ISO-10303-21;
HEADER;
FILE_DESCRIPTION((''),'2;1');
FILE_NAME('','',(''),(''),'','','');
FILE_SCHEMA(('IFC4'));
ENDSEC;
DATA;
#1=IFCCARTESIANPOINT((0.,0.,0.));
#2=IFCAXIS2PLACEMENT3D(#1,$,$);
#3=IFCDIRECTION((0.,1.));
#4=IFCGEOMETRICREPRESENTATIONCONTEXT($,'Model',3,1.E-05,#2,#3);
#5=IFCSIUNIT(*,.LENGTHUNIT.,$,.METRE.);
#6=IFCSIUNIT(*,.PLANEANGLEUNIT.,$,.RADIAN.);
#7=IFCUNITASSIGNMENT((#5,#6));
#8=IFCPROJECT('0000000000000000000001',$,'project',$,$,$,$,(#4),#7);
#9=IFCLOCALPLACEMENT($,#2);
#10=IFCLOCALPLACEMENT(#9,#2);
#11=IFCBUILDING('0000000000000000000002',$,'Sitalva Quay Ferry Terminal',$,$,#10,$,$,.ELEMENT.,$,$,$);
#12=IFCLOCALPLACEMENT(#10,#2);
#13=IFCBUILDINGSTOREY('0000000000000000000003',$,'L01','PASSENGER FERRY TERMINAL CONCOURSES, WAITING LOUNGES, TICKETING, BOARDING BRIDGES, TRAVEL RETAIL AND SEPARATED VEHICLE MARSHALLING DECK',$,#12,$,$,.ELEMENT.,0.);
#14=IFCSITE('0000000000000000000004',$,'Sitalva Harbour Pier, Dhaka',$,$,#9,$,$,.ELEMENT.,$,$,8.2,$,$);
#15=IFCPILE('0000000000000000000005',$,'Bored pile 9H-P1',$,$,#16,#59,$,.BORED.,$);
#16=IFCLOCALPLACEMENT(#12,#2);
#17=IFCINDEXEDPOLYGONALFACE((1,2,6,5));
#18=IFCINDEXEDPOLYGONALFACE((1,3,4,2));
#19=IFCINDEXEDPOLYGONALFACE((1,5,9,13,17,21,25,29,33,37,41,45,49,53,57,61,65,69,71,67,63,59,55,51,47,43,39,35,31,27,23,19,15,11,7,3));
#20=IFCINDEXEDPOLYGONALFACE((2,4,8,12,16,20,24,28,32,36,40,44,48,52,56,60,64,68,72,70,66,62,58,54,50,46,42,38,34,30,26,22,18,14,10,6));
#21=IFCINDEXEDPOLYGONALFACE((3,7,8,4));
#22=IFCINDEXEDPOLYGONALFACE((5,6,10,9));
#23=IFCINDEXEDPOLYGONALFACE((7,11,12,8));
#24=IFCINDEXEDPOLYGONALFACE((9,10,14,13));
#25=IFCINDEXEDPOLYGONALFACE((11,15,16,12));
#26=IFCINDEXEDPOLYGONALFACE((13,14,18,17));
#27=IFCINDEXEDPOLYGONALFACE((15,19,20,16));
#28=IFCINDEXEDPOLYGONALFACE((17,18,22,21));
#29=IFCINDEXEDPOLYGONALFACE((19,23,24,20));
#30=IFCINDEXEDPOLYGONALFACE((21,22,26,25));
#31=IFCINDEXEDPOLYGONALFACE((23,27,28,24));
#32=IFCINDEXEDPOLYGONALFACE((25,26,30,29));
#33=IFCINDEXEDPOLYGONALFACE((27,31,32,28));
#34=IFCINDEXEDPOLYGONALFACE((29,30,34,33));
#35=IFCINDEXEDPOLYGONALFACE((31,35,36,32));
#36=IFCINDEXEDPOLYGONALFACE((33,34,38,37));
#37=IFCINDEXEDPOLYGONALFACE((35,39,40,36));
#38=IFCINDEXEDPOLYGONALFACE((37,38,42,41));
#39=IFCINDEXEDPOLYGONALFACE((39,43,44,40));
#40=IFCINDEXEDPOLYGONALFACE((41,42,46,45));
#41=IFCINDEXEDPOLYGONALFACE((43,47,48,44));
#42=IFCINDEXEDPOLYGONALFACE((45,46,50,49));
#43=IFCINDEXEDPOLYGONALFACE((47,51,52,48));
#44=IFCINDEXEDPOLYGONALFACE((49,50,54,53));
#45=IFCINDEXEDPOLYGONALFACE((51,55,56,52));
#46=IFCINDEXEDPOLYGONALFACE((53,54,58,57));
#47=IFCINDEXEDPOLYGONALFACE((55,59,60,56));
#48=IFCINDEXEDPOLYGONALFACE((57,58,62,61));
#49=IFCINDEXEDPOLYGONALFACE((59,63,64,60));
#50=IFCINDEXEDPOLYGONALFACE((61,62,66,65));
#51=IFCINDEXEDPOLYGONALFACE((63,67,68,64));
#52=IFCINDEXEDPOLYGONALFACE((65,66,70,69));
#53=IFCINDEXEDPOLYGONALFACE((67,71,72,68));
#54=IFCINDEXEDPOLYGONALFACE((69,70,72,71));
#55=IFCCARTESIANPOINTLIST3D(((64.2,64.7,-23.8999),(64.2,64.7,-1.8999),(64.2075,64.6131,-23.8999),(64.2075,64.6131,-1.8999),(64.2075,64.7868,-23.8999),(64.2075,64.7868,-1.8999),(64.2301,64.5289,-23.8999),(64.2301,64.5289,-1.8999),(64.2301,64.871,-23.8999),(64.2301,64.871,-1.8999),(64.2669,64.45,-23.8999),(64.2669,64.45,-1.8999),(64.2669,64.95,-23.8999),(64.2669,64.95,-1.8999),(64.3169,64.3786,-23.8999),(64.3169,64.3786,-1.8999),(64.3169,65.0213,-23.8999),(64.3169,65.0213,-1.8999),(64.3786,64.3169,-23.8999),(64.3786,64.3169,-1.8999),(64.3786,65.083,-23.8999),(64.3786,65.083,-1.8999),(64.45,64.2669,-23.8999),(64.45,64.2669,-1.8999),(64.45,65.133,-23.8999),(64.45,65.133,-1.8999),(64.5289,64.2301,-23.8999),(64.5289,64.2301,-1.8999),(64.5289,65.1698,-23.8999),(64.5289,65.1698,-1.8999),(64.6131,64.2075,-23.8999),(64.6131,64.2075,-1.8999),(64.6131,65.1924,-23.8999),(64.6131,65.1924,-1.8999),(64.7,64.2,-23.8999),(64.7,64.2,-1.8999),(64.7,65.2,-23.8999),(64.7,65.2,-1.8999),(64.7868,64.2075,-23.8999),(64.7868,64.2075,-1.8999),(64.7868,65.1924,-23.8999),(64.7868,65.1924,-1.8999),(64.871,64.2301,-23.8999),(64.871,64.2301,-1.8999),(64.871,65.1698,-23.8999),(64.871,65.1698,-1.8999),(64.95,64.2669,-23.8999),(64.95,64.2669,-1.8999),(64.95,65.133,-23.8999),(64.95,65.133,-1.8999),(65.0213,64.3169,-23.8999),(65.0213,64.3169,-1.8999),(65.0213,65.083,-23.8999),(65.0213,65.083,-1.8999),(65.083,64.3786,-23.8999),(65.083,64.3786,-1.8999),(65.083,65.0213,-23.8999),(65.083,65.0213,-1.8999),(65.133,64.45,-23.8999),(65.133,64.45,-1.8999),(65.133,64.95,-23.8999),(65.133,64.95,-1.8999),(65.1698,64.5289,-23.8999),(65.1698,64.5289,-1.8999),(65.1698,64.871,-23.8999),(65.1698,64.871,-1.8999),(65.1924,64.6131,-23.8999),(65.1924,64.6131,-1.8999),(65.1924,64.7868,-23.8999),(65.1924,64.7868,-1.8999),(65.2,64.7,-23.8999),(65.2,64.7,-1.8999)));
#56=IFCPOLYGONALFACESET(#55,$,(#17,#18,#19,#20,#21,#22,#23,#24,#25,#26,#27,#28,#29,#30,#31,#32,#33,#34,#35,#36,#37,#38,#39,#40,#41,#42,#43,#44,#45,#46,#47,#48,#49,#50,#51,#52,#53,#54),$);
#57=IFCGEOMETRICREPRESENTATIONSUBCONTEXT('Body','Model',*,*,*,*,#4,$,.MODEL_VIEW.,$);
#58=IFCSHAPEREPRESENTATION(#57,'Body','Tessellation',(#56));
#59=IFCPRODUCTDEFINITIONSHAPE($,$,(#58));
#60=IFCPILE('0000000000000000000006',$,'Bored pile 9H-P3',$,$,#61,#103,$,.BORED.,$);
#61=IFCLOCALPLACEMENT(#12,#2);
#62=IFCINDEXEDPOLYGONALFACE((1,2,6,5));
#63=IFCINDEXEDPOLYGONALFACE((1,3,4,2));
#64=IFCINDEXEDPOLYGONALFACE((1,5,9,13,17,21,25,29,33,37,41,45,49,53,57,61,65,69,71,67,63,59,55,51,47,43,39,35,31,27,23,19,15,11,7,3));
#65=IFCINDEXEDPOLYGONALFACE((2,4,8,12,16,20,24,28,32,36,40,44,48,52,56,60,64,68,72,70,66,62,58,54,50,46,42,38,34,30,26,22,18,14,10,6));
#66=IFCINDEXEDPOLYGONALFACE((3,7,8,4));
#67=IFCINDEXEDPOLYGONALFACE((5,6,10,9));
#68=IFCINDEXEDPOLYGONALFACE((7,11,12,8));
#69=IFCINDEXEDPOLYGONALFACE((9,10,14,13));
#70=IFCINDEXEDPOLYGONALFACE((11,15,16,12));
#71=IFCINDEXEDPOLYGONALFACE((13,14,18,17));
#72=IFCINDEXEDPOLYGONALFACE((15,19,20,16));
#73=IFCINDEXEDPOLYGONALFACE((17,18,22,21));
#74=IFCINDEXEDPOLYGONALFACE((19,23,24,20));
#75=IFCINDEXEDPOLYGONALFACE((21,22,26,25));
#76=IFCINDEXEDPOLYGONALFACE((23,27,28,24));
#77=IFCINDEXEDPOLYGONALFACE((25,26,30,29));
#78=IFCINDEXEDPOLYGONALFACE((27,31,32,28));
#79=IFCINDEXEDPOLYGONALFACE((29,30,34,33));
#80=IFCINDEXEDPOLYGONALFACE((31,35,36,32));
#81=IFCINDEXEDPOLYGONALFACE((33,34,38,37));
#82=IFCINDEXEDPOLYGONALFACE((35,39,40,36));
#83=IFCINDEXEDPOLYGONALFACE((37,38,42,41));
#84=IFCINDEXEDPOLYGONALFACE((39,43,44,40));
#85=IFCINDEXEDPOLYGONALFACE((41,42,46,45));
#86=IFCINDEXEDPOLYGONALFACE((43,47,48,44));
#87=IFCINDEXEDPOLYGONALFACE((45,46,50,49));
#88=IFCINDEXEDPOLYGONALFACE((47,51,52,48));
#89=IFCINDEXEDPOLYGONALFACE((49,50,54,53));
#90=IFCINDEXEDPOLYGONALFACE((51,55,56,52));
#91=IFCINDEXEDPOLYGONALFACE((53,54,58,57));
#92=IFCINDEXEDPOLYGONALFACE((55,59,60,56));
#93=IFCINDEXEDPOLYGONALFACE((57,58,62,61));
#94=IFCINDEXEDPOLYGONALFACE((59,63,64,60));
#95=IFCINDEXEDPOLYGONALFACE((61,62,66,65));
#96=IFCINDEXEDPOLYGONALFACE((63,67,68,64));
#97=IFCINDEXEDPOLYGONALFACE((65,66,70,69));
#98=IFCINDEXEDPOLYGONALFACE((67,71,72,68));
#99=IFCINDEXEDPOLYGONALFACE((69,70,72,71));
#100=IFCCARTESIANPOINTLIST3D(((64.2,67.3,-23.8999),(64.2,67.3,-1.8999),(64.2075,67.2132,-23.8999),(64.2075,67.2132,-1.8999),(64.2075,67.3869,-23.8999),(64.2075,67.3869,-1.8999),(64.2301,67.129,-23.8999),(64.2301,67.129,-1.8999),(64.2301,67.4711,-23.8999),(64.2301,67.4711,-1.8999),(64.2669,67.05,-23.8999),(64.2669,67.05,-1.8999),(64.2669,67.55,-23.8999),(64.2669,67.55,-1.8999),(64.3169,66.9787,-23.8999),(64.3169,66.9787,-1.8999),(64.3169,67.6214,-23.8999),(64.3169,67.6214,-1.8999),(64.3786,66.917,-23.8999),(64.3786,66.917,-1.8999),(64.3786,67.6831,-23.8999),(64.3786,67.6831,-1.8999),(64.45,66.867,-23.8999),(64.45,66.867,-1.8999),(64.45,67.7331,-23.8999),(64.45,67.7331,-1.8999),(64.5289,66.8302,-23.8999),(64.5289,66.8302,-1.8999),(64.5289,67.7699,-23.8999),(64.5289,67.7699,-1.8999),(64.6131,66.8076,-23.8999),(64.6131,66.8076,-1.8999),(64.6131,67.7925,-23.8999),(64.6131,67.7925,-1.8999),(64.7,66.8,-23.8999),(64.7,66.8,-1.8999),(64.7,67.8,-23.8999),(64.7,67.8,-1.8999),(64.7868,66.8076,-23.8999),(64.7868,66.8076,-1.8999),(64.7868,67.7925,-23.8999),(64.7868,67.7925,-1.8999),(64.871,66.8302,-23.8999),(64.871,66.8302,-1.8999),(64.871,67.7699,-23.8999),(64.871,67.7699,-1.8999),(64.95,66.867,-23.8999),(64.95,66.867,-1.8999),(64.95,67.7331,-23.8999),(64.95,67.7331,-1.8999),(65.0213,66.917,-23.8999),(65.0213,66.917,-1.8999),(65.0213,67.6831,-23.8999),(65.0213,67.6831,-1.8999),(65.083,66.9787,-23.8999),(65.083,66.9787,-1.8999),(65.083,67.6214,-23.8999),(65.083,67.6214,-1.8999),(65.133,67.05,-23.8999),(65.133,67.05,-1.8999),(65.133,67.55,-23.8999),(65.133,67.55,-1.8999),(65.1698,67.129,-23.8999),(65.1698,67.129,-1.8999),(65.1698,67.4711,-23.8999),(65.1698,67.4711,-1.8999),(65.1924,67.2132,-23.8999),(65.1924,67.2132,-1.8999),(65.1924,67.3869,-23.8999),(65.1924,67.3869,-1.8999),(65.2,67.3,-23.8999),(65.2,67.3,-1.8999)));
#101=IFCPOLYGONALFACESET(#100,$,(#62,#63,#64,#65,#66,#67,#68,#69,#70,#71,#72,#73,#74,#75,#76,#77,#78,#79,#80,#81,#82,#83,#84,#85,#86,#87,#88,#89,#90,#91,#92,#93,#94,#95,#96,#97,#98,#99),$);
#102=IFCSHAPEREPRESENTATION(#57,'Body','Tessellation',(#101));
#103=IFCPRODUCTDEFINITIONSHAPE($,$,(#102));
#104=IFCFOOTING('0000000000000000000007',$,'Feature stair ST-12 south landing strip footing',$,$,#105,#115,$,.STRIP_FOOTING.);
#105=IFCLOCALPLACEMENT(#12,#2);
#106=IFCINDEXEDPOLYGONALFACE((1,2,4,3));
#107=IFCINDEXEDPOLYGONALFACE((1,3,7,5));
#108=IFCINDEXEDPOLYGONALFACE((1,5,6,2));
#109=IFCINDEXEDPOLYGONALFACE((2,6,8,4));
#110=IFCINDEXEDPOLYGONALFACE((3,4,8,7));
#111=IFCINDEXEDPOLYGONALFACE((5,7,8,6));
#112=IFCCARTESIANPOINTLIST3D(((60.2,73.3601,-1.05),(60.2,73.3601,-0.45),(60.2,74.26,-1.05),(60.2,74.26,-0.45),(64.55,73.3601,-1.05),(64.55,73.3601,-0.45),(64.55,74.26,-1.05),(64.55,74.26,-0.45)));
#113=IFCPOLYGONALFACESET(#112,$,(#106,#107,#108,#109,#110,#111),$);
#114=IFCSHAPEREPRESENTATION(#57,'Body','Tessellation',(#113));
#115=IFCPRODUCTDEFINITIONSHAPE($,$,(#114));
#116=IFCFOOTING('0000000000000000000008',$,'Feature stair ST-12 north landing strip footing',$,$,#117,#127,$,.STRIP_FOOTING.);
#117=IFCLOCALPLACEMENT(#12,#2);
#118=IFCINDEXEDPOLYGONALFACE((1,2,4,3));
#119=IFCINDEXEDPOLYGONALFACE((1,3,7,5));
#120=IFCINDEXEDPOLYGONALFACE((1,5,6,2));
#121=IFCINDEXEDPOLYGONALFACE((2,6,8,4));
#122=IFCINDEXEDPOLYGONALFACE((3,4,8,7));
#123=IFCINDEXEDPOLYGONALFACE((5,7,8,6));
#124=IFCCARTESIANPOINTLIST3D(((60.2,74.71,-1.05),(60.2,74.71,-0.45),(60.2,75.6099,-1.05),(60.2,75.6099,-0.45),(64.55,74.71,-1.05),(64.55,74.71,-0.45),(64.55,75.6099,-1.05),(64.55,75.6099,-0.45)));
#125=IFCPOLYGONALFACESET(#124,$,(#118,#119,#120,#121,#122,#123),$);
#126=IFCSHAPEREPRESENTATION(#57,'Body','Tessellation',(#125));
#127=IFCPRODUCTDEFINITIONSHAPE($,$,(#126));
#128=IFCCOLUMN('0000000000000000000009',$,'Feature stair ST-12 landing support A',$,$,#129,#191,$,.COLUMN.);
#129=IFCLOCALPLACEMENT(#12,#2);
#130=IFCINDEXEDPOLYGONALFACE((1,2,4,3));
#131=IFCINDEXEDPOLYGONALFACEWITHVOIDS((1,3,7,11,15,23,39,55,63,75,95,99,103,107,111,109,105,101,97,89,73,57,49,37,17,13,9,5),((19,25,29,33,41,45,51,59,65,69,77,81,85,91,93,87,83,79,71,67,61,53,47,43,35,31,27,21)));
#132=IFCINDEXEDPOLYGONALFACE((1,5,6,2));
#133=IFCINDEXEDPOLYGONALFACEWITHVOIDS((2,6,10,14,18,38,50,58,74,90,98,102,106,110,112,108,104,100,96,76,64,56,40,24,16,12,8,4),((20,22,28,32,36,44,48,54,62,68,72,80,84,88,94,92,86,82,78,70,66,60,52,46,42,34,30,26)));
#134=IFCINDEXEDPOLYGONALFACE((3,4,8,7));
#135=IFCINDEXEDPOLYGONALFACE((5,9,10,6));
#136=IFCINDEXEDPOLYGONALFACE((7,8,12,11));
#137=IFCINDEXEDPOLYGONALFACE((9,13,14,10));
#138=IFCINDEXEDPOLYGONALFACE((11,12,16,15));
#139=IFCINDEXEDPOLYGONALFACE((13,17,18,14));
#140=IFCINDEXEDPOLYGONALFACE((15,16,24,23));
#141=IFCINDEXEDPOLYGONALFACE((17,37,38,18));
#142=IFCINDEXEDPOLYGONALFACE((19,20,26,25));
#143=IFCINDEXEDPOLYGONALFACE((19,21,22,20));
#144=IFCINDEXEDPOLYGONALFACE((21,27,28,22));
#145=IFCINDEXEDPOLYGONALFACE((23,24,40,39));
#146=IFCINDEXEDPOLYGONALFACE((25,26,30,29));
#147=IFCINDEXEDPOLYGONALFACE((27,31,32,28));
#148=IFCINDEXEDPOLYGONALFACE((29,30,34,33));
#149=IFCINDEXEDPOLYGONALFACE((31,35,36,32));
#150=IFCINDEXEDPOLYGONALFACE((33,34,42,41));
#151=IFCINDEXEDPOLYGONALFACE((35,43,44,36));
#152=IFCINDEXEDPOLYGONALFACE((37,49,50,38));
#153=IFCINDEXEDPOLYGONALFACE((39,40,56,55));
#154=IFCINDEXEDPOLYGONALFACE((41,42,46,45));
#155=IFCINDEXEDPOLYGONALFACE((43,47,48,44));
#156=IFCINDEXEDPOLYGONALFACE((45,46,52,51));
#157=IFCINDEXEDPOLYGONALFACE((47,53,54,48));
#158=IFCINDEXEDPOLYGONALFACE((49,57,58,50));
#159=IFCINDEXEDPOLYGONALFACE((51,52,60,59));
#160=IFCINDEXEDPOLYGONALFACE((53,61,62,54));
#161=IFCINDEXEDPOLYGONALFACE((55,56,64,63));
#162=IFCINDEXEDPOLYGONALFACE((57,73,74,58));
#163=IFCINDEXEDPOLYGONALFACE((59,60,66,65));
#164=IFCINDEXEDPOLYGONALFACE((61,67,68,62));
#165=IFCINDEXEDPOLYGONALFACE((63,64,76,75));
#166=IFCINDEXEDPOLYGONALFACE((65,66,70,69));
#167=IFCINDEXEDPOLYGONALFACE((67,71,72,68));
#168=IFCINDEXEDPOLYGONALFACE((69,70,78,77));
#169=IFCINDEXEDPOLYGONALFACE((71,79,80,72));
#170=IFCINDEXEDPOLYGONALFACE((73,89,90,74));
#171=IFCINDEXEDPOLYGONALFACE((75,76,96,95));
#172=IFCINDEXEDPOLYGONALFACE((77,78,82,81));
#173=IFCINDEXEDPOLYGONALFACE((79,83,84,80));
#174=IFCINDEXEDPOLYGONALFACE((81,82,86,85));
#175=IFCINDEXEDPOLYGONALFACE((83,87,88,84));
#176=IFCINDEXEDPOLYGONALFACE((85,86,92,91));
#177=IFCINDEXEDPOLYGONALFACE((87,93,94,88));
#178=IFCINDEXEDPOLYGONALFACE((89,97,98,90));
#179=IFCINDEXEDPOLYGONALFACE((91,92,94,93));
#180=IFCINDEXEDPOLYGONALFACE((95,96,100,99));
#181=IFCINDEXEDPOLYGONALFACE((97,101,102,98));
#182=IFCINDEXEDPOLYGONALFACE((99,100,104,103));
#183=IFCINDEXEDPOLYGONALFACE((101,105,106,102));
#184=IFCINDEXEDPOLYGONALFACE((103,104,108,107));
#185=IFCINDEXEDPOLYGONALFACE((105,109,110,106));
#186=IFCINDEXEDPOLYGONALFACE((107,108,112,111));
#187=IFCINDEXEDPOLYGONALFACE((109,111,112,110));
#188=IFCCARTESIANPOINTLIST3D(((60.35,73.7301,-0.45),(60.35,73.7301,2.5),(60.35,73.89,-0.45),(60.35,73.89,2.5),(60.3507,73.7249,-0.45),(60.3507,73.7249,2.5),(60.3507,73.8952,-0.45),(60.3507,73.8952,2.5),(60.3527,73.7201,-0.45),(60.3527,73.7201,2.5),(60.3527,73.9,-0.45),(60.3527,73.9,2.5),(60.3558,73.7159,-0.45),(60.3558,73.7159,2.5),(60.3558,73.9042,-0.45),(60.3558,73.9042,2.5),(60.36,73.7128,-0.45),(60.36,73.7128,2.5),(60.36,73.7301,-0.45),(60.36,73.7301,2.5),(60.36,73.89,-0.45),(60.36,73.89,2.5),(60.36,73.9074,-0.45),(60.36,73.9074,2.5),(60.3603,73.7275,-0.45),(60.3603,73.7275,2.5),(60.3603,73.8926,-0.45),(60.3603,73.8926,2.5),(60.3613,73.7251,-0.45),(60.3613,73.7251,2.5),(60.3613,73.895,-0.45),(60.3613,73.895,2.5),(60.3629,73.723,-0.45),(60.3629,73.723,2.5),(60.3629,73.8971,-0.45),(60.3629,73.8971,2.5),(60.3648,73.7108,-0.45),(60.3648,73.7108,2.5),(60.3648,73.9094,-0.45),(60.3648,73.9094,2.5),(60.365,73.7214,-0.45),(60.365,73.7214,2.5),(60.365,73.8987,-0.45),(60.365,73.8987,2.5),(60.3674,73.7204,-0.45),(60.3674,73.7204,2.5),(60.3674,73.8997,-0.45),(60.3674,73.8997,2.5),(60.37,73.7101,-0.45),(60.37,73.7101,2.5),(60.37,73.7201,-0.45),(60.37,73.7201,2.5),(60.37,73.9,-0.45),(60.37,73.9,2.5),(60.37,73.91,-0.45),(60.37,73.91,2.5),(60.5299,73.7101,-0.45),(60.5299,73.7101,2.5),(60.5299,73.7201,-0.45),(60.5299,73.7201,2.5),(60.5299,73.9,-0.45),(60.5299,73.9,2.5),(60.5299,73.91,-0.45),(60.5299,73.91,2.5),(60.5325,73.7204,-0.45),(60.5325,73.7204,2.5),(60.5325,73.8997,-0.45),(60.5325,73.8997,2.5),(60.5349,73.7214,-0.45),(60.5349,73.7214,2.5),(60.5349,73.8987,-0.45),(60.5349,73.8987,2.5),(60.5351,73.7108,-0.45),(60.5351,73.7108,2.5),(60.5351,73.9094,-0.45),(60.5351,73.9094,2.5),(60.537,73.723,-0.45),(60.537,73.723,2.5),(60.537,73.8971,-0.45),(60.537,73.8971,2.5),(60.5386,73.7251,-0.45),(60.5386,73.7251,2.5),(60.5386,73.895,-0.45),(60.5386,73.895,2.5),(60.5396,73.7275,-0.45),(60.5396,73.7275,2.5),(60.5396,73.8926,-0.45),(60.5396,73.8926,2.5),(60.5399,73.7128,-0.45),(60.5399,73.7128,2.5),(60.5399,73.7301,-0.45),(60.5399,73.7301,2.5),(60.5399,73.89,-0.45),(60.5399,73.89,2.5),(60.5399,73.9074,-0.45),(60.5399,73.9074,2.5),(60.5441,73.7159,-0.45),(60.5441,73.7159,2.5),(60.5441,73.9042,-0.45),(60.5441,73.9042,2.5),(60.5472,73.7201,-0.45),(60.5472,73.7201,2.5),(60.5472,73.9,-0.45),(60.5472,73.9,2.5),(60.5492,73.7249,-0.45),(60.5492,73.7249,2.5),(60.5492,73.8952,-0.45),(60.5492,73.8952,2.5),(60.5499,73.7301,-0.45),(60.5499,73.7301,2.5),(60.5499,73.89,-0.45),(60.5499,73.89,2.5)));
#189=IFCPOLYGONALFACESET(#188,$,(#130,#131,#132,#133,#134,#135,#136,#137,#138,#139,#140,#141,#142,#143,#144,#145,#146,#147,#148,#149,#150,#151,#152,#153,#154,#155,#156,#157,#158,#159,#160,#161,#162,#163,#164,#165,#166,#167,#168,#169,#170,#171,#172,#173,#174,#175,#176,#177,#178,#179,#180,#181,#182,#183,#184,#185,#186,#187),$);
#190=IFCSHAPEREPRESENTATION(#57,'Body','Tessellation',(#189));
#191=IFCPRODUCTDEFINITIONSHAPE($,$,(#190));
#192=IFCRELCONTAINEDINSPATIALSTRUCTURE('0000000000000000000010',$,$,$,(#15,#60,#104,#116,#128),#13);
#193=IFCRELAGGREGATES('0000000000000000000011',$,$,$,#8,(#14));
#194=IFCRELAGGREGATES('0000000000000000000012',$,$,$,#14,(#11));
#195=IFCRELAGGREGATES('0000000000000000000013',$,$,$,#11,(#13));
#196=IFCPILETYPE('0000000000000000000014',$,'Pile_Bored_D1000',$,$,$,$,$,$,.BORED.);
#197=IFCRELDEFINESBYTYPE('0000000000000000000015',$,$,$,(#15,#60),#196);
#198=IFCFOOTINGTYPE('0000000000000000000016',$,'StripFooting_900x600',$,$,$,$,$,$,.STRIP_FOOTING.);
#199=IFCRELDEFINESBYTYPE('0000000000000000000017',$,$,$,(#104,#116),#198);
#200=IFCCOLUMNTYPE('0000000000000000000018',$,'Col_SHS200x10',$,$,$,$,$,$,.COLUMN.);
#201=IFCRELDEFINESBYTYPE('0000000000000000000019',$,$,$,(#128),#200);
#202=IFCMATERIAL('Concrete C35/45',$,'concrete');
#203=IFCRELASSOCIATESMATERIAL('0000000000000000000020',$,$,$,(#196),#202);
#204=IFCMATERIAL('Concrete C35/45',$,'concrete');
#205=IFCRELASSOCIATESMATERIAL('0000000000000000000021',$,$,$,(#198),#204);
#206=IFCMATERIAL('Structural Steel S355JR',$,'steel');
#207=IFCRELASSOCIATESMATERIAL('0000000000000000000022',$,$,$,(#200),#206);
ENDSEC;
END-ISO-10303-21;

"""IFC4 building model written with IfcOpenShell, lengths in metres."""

from ifc_helpers import new_model, si_unit, direction, frame, origin, origin_2d, place, context, subcontext, project, spatial, rectangle, hollow_rectangle, circle, extrude, material, material_profile, profile_set, type_object, element, save


model = new_model("IFC4")

# Units and contexts
model_context = context("Model", 3, precision=1e-05, world=origin(), true_north=direction((0.0, 1.0)))
body_context = subcontext(model_context, "Body", "Model", "MODEL_VIEW")
ifc_project = project(units=[si_unit("LENGTHUNIT", "METRE"), si_unit("PLANEANGLEUNIT", "RADIAN")], contexts=[model_context])

# Site, building, storey
site_placement = place(None, origin())
site = spatial("IfcSite", under=ifc_project, at=site_placement, Name="Sitalva Harbour Pier, Dhaka", CompositionType="ELEMENT", RefElevation=8.2)
building_placement = place(site_placement, origin())
building = spatial("IfcBuilding", under=site, at=building_placement, Name="Sitalva Quay Ferry Terminal", CompositionType="ELEMENT")
storey_placement = place(building_placement, origin())
storey = spatial("IfcBuildingStorey", under=building, at=storey_placement, Name="L01", Description="PASSENGER FERRY TERMINAL CONCOURSES, WAITING LOUNGES, TICKETING, BOARDING BRIDGES, TRAVEL RETAIL AND SEPARATED VEHICLE MARSHALLING DECK", CompositionType="ELEMENT", Elevation=0.0)

# Piles
ifc_material_1 = material(Name="Concrete C35/45", Category="concrete")
ifc_material_profile_1 = material_profile(ifc_material_1, circle(Radius=0.5, at=origin_2d()), Name="PILE-D1000")
ifc_profile_set_1 = profile_set([ifc_material_profile_1], Name="Concrete C35/45")
pile_type = type_object("IfcPileType", Name="Pile_Bored_D1000", PredefinedType="BORED", material=ifc_profile_set_1)
for number, where, z_axis, x_axis, name in (
    (1, (64.7, 64.7, -1.8999), (0.0, 0.0, -1.0), (1.0, 0.0, 0.0), "Bored pile 9H-P1"),
    (2, (64.7, 67.3, -1.8999), (0.0, 0.0, -1.0), (1.0, 0.0, 0.0), "Bored pile 9H-P3"),
):
    element("IfcPile", number, at=place(storey_placement, frame(where, z_axis=z_axis, x_axis=x_axis)), inside=storey, type_object=pile_type, Name=name, PredefinedType="BORED", context=body_context, shape_type="SweptSolid", body=[
        extrude(circle(Radius=0.5, at=origin_2d()), origin(), (0.0, 0.0, 1.0), 22.0),
    ])

# Footings
ifc_material_2 = material(Name="Concrete C35/45", Category="concrete")
ifc_material_profile_2 = material_profile(ifc_material_2, rectangle(XDim=0.8999, YDim=0.6001, at=origin_2d()), Name="RC900x600")
ifc_profile_set_2 = profile_set([ifc_material_profile_2], Name="Concrete C35/45")
footing_type_1 = type_object("IfcFootingType", Name="StripFooting_900x600", PredefinedType="STRIP_FOOTING", material=ifc_profile_set_2)
for number, where, z_axis, x_axis, name in (
    (3, (60.2, 73.8101, -0.75), (1.0, 0.0, 0.0), (0.0, 1.0, 0.0), "Feature stair ST-12 south landing strip footing"),
    (4, (60.2, 75.1599, -0.75), (1.0, 0.0, 0.0), (0.0, 1.0, 0.0), "Feature stair ST-12 north landing strip footing"),
):
    element("IfcFooting", number, at=place(storey_placement, frame(where, z_axis=z_axis, x_axis=x_axis)), inside=storey, type_object=footing_type_1, Name=name, PredefinedType="STRIP_FOOTING", context=body_context, shape_type="SweptSolid", body=[
        extrude(rectangle(XDim=0.8999, YDim=0.6001, at=origin_2d()), origin(), (0.0, 0.0, 1.0), 4.3501),
    ])

# Column
ifc_material_3 = material(Name="Structural Steel S355JR", Category="steel")
ifc_material_profile_3 = material_profile(ifc_material_3, hollow_rectangle(XDim=0.2, YDim=0.2, WallThickness=0.01, InnerFilletRadius=0.01, OuterFilletRadius=0.02, at=origin_2d()), Name="SHS200x200x10")
ifc_profile_set_3 = profile_set([ifc_material_profile_3], Name="Structural Steel S355JR")
column_type_1 = type_object("IfcColumnType", Name="Col_SHS200x10", PredefinedType="COLUMN", material=ifc_profile_set_3)
for number, where, z_axis, x_axis, name in (
    (5, (60.45, 73.8101, -0.45), (0.0, 0.0, 1.0), (1.0, 0.0, 0.0), "Feature stair ST-12 landing support A"),
):
    element("IfcColumn", number, at=place(storey_placement, frame(where, z_axis=z_axis, x_axis=x_axis)), inside=storey, type_object=column_type_1, Name=name, PredefinedType="COLUMN", context=body_context, shape_type="SweptSolid", body=[
        extrude(hollow_rectangle(XDim=0.2, YDim=0.2, WallThickness=0.01, InnerFilletRadius=0.01, OuterFilletRadius=0.02, at=origin_2d()), origin(), (0.0, 0.0, 1.0), 2.95),
    ])

save(model, "model.ifc")
